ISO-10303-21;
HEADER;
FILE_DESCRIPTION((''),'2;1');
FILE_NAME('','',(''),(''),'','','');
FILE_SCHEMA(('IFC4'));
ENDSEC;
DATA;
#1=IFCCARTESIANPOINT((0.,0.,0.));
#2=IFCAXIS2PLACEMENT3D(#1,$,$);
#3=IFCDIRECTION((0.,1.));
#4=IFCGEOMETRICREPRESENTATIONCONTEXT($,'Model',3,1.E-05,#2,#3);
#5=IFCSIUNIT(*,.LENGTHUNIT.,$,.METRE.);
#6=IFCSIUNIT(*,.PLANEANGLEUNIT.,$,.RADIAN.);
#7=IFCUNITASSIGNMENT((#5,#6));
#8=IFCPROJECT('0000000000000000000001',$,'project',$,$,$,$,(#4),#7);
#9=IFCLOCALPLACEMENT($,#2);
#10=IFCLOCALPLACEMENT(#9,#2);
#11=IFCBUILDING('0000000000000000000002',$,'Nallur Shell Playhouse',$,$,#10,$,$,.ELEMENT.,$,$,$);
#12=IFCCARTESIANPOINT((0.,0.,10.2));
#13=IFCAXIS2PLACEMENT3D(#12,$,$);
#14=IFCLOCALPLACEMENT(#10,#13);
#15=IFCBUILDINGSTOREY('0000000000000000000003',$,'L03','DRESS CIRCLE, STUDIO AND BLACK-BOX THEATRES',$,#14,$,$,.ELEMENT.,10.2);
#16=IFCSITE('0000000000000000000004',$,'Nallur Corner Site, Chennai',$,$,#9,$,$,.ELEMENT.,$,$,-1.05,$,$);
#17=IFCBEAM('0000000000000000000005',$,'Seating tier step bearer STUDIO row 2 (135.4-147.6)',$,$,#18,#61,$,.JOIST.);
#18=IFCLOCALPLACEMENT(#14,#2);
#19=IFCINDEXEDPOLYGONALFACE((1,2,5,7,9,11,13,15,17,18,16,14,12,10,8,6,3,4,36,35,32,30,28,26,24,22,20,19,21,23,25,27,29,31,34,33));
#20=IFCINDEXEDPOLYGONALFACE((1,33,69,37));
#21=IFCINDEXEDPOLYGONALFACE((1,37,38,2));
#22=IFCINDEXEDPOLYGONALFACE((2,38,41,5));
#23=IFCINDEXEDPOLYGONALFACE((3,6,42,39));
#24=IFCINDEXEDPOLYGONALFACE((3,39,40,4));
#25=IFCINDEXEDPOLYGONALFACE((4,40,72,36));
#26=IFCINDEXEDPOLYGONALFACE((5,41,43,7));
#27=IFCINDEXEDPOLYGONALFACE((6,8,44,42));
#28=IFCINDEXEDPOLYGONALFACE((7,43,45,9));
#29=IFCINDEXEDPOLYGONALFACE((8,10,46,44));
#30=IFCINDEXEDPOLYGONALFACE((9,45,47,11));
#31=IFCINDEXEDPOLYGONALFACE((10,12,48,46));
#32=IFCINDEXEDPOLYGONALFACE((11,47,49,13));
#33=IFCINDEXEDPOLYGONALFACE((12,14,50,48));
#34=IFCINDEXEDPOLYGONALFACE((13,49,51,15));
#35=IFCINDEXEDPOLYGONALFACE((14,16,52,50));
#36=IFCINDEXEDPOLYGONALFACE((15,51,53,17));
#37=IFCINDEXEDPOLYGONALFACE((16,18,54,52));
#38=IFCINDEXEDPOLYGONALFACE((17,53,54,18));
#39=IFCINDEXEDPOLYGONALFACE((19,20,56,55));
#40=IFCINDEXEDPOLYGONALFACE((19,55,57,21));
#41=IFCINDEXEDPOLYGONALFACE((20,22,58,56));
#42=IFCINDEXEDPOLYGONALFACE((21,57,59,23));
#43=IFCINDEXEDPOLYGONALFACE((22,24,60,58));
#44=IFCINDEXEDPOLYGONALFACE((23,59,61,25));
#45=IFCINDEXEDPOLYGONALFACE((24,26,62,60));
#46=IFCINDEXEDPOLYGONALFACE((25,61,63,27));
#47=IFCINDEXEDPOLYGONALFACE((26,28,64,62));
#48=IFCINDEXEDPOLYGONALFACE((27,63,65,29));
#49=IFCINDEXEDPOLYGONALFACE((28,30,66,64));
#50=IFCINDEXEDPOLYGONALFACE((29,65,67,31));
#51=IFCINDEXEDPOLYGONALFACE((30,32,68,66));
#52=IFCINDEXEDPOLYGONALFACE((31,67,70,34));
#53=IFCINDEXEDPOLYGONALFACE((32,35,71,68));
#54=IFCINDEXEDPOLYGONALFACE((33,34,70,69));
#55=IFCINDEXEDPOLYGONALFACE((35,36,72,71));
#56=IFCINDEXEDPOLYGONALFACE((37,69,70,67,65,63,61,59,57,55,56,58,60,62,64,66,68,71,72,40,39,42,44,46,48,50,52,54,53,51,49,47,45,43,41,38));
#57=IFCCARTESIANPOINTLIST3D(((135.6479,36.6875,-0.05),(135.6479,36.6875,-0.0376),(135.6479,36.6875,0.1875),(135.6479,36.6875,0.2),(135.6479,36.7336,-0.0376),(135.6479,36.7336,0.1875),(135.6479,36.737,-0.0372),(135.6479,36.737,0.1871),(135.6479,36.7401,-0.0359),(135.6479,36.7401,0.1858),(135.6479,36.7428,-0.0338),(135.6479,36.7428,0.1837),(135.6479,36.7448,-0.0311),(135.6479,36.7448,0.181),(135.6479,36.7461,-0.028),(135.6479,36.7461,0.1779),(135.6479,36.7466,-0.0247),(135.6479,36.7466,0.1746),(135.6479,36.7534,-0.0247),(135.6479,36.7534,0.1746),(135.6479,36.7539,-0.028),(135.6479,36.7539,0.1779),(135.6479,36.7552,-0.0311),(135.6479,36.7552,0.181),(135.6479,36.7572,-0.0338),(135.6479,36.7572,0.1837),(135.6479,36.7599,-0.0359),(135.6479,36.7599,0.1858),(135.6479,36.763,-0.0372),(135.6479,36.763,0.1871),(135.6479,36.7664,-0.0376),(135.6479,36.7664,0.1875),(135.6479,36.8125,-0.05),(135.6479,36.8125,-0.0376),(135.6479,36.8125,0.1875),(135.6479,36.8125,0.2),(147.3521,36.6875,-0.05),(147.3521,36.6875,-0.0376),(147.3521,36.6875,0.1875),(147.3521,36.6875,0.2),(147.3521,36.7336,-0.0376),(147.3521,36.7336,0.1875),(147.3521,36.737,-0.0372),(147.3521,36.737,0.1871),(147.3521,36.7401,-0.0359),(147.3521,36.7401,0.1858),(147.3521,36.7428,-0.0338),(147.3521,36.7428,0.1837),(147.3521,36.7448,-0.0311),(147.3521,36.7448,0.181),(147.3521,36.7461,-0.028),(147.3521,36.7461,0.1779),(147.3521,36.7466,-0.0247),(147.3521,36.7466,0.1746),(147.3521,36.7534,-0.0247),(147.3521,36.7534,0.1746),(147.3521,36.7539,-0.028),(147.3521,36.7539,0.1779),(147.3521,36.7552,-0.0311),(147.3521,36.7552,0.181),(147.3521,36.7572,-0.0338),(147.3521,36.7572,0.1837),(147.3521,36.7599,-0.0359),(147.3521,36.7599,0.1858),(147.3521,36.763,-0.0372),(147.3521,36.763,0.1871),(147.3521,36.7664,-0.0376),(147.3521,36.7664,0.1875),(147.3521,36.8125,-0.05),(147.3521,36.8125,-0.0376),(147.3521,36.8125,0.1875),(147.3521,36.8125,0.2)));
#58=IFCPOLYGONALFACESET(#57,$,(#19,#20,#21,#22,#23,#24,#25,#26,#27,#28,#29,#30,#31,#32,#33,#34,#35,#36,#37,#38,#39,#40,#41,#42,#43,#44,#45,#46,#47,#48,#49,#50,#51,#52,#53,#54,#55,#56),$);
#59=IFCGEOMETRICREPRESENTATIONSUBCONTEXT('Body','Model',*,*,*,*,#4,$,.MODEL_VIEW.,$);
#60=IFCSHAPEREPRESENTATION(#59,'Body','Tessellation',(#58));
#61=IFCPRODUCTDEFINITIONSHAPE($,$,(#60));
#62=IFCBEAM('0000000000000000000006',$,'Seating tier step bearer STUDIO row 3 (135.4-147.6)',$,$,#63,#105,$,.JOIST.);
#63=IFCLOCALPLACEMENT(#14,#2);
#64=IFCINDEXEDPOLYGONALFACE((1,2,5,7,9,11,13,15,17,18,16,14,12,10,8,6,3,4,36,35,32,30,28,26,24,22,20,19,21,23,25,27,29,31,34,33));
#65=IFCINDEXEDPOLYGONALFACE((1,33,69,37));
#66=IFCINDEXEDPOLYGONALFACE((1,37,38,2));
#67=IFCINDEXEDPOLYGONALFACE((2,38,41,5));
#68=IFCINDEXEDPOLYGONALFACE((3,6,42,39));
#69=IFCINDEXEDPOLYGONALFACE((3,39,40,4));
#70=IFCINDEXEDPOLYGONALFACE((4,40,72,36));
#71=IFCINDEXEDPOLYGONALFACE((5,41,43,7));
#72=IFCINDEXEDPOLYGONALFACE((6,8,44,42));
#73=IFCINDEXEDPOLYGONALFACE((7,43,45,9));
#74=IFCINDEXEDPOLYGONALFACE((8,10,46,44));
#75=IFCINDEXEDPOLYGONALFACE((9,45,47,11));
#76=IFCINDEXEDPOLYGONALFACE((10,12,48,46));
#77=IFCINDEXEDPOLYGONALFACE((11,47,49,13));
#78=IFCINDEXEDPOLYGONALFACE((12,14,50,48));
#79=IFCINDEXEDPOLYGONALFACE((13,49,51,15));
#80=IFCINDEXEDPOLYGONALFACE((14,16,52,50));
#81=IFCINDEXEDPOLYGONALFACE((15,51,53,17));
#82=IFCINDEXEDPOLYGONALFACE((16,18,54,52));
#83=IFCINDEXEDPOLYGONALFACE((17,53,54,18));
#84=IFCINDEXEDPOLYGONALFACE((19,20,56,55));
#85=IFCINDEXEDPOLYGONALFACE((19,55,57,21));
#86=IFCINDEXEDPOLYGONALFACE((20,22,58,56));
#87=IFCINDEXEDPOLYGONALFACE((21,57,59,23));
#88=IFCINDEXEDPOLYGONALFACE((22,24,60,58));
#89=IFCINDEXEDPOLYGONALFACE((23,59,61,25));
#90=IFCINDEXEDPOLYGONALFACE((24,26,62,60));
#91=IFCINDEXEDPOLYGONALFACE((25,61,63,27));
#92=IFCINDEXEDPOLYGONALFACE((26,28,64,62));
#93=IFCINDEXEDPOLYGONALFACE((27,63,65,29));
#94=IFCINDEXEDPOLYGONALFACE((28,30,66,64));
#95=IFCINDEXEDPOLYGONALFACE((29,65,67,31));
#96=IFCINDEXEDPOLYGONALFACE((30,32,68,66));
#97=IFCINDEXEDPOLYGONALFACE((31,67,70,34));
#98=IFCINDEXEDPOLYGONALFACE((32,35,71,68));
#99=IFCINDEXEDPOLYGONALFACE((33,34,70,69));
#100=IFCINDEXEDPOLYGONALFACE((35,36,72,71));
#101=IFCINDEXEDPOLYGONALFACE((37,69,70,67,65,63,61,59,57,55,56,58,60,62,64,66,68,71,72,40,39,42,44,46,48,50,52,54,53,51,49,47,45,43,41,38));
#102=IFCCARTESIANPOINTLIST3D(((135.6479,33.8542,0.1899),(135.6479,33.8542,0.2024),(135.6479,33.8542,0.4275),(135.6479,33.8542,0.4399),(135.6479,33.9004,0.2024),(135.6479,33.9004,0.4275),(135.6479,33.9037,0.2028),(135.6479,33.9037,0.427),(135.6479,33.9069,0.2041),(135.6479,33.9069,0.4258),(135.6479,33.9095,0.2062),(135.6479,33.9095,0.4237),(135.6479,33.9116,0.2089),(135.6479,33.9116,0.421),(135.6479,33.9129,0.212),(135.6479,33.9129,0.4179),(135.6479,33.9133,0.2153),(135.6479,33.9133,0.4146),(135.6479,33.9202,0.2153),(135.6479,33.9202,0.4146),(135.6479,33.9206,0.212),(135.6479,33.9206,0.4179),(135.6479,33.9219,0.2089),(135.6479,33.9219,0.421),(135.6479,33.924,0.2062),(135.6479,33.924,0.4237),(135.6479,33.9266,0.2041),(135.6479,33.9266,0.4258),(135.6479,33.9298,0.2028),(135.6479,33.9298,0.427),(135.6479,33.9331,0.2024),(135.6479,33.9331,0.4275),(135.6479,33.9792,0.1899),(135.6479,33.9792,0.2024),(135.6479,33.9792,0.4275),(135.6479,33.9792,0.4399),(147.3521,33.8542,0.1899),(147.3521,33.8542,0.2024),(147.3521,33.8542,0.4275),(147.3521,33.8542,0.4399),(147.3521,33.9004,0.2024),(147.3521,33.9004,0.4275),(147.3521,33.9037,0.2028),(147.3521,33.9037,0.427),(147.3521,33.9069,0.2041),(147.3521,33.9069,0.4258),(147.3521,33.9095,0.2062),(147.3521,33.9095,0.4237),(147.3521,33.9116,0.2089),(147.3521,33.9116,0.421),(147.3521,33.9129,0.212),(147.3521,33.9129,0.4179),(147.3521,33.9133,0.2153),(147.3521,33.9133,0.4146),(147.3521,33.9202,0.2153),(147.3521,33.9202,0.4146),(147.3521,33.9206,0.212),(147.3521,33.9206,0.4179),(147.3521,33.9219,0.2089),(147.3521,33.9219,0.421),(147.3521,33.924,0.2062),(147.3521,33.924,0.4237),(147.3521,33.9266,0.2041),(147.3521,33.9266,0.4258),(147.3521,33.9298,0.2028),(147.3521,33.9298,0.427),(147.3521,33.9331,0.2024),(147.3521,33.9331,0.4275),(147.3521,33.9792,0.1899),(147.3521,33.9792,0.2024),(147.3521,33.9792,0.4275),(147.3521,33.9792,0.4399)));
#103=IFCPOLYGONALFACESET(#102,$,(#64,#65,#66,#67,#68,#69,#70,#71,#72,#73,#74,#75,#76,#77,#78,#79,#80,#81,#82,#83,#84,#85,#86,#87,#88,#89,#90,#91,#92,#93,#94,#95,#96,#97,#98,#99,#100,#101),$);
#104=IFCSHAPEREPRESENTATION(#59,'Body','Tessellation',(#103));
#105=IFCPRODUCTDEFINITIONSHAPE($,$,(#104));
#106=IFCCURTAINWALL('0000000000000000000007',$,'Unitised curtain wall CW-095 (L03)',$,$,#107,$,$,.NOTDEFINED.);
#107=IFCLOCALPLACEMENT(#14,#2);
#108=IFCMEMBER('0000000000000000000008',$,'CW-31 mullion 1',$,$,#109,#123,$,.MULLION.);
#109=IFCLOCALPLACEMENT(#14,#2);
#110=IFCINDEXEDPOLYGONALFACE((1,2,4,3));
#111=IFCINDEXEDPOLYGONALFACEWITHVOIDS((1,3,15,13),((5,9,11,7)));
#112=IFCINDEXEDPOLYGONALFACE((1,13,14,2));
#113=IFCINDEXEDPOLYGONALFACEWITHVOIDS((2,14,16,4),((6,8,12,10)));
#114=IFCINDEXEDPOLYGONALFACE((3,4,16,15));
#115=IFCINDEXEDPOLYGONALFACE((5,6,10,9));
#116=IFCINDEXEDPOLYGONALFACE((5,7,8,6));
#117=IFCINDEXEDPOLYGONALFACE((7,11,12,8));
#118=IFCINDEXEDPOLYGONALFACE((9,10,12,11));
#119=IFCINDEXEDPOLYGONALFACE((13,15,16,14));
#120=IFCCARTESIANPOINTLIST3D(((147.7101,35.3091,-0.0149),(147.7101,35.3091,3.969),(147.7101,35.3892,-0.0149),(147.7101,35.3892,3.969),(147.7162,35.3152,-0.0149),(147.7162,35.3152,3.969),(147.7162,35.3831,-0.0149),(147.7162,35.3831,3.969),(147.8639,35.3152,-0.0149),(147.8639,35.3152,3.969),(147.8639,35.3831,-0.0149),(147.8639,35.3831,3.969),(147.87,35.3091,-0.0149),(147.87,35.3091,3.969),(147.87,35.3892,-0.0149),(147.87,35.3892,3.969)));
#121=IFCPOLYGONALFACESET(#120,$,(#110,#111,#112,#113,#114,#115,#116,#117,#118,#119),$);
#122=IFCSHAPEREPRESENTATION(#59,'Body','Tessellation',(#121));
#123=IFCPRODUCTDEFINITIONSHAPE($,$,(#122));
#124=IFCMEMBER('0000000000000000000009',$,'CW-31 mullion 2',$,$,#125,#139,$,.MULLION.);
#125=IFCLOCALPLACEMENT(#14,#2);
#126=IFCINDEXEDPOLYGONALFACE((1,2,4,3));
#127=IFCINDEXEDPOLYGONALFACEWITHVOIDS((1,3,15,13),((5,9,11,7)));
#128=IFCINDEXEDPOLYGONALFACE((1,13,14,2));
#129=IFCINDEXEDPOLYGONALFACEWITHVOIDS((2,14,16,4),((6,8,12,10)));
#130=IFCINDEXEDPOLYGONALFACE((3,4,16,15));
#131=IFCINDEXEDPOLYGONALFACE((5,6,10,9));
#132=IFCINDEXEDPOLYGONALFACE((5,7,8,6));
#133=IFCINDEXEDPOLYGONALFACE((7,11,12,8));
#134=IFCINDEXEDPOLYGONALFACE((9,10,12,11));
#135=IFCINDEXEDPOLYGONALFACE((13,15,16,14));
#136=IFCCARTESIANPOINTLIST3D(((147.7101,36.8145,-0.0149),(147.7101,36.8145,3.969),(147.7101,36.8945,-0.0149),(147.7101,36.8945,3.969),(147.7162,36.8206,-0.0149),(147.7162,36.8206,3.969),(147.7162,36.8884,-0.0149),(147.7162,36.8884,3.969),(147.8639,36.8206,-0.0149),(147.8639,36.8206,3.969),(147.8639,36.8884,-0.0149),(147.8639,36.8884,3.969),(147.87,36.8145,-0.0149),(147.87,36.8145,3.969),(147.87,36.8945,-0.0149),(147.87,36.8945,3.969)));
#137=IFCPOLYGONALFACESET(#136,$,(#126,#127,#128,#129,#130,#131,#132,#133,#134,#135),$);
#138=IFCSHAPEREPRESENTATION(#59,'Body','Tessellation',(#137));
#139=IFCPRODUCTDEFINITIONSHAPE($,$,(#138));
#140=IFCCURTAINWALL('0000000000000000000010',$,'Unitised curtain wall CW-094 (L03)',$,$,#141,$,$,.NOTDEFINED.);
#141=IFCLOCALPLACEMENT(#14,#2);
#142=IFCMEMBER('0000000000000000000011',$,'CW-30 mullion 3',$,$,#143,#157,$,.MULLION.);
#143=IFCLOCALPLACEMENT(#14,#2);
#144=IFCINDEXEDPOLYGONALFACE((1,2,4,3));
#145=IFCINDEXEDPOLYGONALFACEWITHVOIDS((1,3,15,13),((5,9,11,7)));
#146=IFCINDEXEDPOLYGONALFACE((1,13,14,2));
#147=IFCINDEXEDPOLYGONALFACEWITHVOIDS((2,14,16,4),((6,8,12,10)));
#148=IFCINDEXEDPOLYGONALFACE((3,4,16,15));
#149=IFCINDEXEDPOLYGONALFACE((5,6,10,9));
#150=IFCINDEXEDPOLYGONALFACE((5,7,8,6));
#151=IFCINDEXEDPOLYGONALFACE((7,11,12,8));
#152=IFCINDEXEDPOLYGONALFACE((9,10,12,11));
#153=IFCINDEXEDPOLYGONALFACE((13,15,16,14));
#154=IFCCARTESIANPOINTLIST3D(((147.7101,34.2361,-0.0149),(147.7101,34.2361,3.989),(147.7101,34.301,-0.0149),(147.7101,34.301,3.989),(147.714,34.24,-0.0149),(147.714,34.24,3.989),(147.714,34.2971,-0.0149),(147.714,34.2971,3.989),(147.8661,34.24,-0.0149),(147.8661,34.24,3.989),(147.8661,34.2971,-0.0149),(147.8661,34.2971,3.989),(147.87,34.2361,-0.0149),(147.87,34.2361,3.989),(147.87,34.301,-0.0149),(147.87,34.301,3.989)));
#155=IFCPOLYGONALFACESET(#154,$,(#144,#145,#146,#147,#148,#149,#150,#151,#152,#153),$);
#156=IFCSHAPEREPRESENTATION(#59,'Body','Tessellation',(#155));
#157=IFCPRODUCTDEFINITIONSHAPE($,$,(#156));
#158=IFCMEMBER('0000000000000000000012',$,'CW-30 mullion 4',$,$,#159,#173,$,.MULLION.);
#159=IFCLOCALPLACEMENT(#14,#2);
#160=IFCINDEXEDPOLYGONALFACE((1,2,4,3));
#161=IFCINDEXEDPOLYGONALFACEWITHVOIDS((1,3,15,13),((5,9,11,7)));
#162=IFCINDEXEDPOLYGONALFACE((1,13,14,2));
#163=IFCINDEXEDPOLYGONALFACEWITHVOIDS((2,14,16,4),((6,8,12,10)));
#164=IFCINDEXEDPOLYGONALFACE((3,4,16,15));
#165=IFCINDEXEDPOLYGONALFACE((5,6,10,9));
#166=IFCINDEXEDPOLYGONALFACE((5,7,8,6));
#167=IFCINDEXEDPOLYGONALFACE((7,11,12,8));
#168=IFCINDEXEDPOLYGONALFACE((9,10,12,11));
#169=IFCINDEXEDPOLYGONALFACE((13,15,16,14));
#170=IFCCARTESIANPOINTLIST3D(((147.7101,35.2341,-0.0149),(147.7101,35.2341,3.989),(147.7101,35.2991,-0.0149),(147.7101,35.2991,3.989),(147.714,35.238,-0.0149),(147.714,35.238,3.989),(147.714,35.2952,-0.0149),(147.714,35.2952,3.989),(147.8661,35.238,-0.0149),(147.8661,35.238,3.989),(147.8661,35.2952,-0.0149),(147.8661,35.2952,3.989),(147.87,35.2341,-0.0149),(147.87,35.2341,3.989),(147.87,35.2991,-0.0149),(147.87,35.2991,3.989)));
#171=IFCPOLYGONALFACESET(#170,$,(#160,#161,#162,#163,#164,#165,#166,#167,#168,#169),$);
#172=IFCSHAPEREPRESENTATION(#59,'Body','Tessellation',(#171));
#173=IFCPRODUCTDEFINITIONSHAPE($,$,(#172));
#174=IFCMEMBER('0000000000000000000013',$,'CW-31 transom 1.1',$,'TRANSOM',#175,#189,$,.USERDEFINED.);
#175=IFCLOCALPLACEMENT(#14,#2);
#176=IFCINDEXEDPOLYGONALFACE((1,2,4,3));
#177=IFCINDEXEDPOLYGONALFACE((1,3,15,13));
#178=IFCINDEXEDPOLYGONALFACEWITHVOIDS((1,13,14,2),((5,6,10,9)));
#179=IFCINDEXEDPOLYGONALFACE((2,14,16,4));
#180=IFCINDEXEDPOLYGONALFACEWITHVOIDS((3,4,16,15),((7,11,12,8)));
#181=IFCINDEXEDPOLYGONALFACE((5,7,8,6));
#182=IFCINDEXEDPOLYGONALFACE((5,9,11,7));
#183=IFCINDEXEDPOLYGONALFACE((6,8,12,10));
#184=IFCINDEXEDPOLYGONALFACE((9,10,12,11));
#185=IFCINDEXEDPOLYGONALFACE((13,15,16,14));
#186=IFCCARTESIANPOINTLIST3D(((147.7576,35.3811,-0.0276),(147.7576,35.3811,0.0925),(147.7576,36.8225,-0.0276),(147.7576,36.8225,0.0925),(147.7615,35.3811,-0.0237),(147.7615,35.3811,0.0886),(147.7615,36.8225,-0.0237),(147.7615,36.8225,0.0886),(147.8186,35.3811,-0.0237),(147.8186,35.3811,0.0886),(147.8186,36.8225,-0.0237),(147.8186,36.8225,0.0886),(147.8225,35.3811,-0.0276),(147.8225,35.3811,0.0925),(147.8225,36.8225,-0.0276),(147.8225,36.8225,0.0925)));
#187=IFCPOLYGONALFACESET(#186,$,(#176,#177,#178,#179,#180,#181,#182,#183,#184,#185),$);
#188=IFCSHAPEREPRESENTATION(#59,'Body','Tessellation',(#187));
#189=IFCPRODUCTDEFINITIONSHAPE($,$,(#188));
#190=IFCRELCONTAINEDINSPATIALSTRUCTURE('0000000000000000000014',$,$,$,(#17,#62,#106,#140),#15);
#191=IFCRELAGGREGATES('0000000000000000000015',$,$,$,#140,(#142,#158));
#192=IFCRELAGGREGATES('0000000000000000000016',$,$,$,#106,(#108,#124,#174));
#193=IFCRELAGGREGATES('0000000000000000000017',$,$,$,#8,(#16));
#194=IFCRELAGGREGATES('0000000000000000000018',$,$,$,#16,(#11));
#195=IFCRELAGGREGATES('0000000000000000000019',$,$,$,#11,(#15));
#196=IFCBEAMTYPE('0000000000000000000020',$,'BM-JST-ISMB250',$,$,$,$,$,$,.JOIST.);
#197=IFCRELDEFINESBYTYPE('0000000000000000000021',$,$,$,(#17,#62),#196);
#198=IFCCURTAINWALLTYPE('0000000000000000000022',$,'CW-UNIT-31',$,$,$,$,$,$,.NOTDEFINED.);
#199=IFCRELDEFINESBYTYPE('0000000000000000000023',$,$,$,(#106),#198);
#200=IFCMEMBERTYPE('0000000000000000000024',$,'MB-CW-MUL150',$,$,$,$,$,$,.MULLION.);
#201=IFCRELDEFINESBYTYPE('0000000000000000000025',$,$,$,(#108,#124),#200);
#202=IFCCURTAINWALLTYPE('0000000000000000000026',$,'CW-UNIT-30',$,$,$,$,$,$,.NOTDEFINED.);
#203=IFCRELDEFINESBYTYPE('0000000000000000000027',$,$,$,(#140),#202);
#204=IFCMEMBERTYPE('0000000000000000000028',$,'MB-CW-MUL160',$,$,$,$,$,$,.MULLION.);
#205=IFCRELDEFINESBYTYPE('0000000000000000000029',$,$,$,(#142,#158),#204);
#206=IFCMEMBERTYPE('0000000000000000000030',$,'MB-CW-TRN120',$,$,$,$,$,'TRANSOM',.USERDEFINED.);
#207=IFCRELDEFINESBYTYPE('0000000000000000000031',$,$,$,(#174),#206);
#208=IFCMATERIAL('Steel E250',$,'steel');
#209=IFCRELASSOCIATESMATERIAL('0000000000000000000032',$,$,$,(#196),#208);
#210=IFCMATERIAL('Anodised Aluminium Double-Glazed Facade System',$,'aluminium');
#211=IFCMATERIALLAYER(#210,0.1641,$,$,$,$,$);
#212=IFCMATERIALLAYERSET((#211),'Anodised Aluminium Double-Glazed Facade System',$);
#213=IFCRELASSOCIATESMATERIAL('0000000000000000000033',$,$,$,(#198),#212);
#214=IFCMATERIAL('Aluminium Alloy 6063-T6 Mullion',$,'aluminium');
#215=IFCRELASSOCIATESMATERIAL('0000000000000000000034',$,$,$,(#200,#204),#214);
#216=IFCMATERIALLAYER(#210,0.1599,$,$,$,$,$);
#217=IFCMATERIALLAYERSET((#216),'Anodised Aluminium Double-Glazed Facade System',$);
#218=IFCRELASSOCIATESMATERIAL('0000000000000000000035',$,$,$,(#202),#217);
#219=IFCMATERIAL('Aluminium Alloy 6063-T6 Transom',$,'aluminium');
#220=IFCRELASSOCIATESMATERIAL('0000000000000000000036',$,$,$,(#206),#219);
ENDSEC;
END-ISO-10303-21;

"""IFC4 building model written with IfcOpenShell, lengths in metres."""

from ifc_helpers import new_model, si_unit, direction, frame, origin, origin_2d, place, context, subcontext, project, spatial, hollow_rectangle, i_section, extrude, material, layer, layer_set, material_profile, profile_set, type_object, element, aggregate, save


model = new_model("IFC4")

# Units and contexts
model_context = context("Model", 3, precision=1e-05, world=origin(), true_north=direction((0.0, 1.0)))
body_context = subcontext(model_context, "Body", "Model", "MODEL_VIEW")
ifc_project = project(units=[si_unit("LENGTHUNIT", "METRE"), si_unit("PLANEANGLEUNIT", "RADIAN")], contexts=[model_context])

# Site, building, storey
site_placement = place(None, origin())
site = spatial("IfcSite", under=ifc_project, at=site_placement, Name="Nallur Corner Site, Chennai", CompositionType="ELEMENT", RefElevation=-1.05)
building_placement = place(site_placement, origin())
building = spatial("IfcBuilding", under=site, at=building_placement, Name="Nallur Shell Playhouse", CompositionType="ELEMENT")
storey_placement = place(building_placement, frame((0.0, 0.0, 10.2)))
storey = spatial("IfcBuildingStorey", under=building, at=storey_placement, Name="L03", Description="DRESS CIRCLE, STUDIO AND BLACK-BOX THEATRES", CompositionType="ELEMENT", Elevation=10.2)

# Beams
ifc_material_1 = material(Name="Steel E250", Category="steel")
ifc_material_profile_1 = material_profile(ifc_material_1, i_section(OverallWidth=0.125, OverallDepth=0.25, WebThickness=0.0068, FlangeThickness=0.0125, FilletRadius=0.0129, at=origin_2d()), Name="ISMB 250")
ifc_profile_set_1 = profile_set([ifc_material_profile_1], Name="Steel E250")
beam_type = type_object("IfcBeamType", Name="BM-JST-ISMB250", PredefinedType="JOIST", material=ifc_profile_set_1)
for number, where, z_axis, x_axis, name in (
    (1, (135.6479, 36.75, 0.075), (1.0, 0.0, 0.0), (0.0, 1.0, 0.0), "Seating tier step bearer STUDIO row 2 (135.4-147.6)"),
    (2, (135.6479, 33.9167, 0.3149), (1.0, 0.0, 0.0), (0.0, 1.0, 0.0), "Seating tier step bearer STUDIO row 3 (135.4-147.6)"),
):
    element("IfcBeam", number, at=place(storey_placement, frame(where, z_axis=z_axis, x_axis=x_axis)), inside=storey, type_object=beam_type, Name=name, PredefinedType="JOIST", context=body_context, shape_type="SweptSolid", body=[
        extrude(i_section(OverallWidth=0.125, OverallDepth=0.25, WebThickness=0.0068, FlangeThickness=0.0125, FilletRadius=0.0129, at=origin_2d()), origin(), (0.0, 0.0, 1.0), 11.7041),
    ])

# Curtain walls, members
ifc_material_2 = material(Name="Anodised Aluminium Double-Glazed Facade System", Category="aluminium")
ifc_layer_1 = layer(ifc_material_2, 0.1641)
ifc_layer_set_1 = layer_set([ifc_layer_1], Name="Anodised Aluminium Double-Glazed Facade System")
curtain_wall_type_1 = type_object("IfcCurtainWallType", Name="CW-UNIT-31", PredefinedType="NOTDEFINED", material=ifc_layer_set_1)
curtain_wall_1_placement = place(storey_placement, origin())
curtain_wall_1 = element("IfcCurtainWall", 3, at=curtain_wall_1_placement, inside=storey, type_object=curtain_wall_type_1, Name="Unitised curtain wall CW-095 (L03)", PredefinedType="NOTDEFINED")
ifc_material_3 = material(Name="Aluminium Alloy 6063-T6 Mullion", Category="aluminium")
ifc_material_profile_2 = material_profile(ifc_material_3, hollow_rectangle(XDim=0.0801, YDim=0.1599, WallThickness=0.0061, at=origin_2d()), Name="RHS 160x80x6")
ifc_profile_set_2 = profile_set([ifc_material_profile_2], Name="Aluminium Alloy 6063-T6 Mullion")
member_type_1 = type_object("IfcMemberType", Name="MB-CW-MUL150", PredefinedType="MULLION", material=ifc_profile_set_2)
member_1_placement = place(storey_placement, frame((147.79, 35.3491, -0.0149), z_axis=(0.0, 0.0, 1.0), x_axis=(0.0, 1.0, 0.0)))
member_1 = element("IfcMember", 4, at=member_1_placement, type_object=member_type_1, Name="CW-31 mullion 1", PredefinedType="MULLION", context=body_context, shape_type="SweptSolid", body=[
    extrude(hollow_rectangle(XDim=0.0801, YDim=0.1599, WallThickness=0.0061, at=origin_2d()), origin(), (0.0, 0.0, 1.0), 3.9839),
])
member_2_placement = place(storey_placement, frame((147.79, 36.8545, -0.0149), z_axis=(0.0, 0.0, 1.0), x_axis=(0.0, 1.0, 0.0)))
member_2 = element("IfcMember", 5, at=member_2_placement, type_object=member_type_1, Name="CW-31 mullion 2", PredefinedType="MULLION", context=body_context, shape_type="SweptSolid", body=[
    extrude(hollow_rectangle(XDim=0.0801, YDim=0.1599, WallThickness=0.0061, at=origin_2d()), origin(), (0.0, 0.0, 1.0), 3.9839),
])
ifc_layer_2 = layer(ifc_material_2, 0.1599)
ifc_layer_set_2 = layer_set([ifc_layer_2], Name="Anodised Aluminium Double-Glazed Facade System")
curtain_wall_type_2 = type_object("IfcCurtainWallType", Name="CW-UNIT-30", PredefinedType="NOTDEFINED", material=ifc_layer_set_2)
curtain_wall_2_placement = place(storey_placement, origin())
curtain_wall_2 = element("IfcCurtainWall", 6, at=curtain_wall_2_placement, inside=storey, type_object=curtain_wall_type_2, Name="Unitised curtain wall CW-094 (L03)", PredefinedType="NOTDEFINED")
ifc_material_profile_3 = material_profile(ifc_material_3, hollow_rectangle(XDim=0.0649, YDim=0.1599, WallThickness=0.0039, at=origin_2d()), Name="ALU 65x160x4")
ifc_profile_set_3 = profile_set([ifc_material_profile_3], Name="Aluminium Alloy 6063-T6 Mullion")
member_type_2 = type_object("IfcMemberType", Name="MB-CW-MUL160", PredefinedType="MULLION", material=ifc_profile_set_3)
member_3_placement = place(storey_placement, frame((147.79, 34.2686, -0.0149), z_axis=(0.0, 0.0, 1.0), x_axis=(0.0, 1.0, 0.0)))
member_3 = element("IfcMember", 7, at=member_3_placement, type_object=member_type_2, Name="CW-30 mullion 3", PredefinedType="MULLION", context=body_context, shape_type="SweptSolid", body=[
    extrude(hollow_rectangle(XDim=0.0649, YDim=0.1599, WallThickness=0.0039, at=origin_2d()), origin(), (0.0, 0.0, 1.0), 4.0039),
])
member_4_placement = place(storey_placement, frame((147.79, 35.2666, -0.0149), z_axis=(0.0, 0.0, 1.0), x_axis=(0.0, 1.0, 0.0)))
member_4 = element("IfcMember", 8, at=member_4_placement, type_object=member_type_2, Name="CW-30 mullion 4", PredefinedType="MULLION", context=body_context, shape_type="SweptSolid", body=[
    extrude(hollow_rectangle(XDim=0.0649, YDim=0.1599, WallThickness=0.0039, at=origin_2d()), origin(), (0.0, 0.0, 1.0), 4.0039),
])

# Member
ifc_material_4 = material(Name="Aluminium Alloy 6063-T6 Transom", Category="aluminium")
ifc_material_profile_4 = material_profile(ifc_material_4, hollow_rectangle(XDim=0.0649, YDim=0.1201, WallThickness=0.0039, at=origin_2d()), Name="ALU 65x120x4")
ifc_profile_set_4 = profile_set([ifc_material_profile_4], Name="Aluminium Alloy 6063-T6 Transom")
member_type_3 = type_object("IfcMemberType", Name="MB-CW-TRN120", ElementType="TRANSOM", PredefinedType="USERDEFINED", material=ifc_profile_set_4)
member_5_placement = place(storey_placement, frame((147.79, 35.3811, 0.0325), z_axis=(0.0, 1.0, 0.0), x_axis=(-1.0, 0.0, 0.0)))
member_5 = element("IfcMember", 9, at=member_5_placement, type_object=member_type_3, Name="CW-31 transom 1.1", ObjectType="TRANSOM", PredefinedType="USERDEFINED", context=body_context, shape_type="SweptSolid", body=[
    extrude(hollow_rectangle(XDim=0.0649, YDim=0.1201, WallThickness=0.0039, at=origin_2d()), origin(), (0.0, 0.0, 1.0), 1.4414),
])

aggregate(curtain_wall_2, [member_3, member_4])
aggregate(curtain_wall_1, [member_1, member_2, member_5])

save(model, "model.ifc")
